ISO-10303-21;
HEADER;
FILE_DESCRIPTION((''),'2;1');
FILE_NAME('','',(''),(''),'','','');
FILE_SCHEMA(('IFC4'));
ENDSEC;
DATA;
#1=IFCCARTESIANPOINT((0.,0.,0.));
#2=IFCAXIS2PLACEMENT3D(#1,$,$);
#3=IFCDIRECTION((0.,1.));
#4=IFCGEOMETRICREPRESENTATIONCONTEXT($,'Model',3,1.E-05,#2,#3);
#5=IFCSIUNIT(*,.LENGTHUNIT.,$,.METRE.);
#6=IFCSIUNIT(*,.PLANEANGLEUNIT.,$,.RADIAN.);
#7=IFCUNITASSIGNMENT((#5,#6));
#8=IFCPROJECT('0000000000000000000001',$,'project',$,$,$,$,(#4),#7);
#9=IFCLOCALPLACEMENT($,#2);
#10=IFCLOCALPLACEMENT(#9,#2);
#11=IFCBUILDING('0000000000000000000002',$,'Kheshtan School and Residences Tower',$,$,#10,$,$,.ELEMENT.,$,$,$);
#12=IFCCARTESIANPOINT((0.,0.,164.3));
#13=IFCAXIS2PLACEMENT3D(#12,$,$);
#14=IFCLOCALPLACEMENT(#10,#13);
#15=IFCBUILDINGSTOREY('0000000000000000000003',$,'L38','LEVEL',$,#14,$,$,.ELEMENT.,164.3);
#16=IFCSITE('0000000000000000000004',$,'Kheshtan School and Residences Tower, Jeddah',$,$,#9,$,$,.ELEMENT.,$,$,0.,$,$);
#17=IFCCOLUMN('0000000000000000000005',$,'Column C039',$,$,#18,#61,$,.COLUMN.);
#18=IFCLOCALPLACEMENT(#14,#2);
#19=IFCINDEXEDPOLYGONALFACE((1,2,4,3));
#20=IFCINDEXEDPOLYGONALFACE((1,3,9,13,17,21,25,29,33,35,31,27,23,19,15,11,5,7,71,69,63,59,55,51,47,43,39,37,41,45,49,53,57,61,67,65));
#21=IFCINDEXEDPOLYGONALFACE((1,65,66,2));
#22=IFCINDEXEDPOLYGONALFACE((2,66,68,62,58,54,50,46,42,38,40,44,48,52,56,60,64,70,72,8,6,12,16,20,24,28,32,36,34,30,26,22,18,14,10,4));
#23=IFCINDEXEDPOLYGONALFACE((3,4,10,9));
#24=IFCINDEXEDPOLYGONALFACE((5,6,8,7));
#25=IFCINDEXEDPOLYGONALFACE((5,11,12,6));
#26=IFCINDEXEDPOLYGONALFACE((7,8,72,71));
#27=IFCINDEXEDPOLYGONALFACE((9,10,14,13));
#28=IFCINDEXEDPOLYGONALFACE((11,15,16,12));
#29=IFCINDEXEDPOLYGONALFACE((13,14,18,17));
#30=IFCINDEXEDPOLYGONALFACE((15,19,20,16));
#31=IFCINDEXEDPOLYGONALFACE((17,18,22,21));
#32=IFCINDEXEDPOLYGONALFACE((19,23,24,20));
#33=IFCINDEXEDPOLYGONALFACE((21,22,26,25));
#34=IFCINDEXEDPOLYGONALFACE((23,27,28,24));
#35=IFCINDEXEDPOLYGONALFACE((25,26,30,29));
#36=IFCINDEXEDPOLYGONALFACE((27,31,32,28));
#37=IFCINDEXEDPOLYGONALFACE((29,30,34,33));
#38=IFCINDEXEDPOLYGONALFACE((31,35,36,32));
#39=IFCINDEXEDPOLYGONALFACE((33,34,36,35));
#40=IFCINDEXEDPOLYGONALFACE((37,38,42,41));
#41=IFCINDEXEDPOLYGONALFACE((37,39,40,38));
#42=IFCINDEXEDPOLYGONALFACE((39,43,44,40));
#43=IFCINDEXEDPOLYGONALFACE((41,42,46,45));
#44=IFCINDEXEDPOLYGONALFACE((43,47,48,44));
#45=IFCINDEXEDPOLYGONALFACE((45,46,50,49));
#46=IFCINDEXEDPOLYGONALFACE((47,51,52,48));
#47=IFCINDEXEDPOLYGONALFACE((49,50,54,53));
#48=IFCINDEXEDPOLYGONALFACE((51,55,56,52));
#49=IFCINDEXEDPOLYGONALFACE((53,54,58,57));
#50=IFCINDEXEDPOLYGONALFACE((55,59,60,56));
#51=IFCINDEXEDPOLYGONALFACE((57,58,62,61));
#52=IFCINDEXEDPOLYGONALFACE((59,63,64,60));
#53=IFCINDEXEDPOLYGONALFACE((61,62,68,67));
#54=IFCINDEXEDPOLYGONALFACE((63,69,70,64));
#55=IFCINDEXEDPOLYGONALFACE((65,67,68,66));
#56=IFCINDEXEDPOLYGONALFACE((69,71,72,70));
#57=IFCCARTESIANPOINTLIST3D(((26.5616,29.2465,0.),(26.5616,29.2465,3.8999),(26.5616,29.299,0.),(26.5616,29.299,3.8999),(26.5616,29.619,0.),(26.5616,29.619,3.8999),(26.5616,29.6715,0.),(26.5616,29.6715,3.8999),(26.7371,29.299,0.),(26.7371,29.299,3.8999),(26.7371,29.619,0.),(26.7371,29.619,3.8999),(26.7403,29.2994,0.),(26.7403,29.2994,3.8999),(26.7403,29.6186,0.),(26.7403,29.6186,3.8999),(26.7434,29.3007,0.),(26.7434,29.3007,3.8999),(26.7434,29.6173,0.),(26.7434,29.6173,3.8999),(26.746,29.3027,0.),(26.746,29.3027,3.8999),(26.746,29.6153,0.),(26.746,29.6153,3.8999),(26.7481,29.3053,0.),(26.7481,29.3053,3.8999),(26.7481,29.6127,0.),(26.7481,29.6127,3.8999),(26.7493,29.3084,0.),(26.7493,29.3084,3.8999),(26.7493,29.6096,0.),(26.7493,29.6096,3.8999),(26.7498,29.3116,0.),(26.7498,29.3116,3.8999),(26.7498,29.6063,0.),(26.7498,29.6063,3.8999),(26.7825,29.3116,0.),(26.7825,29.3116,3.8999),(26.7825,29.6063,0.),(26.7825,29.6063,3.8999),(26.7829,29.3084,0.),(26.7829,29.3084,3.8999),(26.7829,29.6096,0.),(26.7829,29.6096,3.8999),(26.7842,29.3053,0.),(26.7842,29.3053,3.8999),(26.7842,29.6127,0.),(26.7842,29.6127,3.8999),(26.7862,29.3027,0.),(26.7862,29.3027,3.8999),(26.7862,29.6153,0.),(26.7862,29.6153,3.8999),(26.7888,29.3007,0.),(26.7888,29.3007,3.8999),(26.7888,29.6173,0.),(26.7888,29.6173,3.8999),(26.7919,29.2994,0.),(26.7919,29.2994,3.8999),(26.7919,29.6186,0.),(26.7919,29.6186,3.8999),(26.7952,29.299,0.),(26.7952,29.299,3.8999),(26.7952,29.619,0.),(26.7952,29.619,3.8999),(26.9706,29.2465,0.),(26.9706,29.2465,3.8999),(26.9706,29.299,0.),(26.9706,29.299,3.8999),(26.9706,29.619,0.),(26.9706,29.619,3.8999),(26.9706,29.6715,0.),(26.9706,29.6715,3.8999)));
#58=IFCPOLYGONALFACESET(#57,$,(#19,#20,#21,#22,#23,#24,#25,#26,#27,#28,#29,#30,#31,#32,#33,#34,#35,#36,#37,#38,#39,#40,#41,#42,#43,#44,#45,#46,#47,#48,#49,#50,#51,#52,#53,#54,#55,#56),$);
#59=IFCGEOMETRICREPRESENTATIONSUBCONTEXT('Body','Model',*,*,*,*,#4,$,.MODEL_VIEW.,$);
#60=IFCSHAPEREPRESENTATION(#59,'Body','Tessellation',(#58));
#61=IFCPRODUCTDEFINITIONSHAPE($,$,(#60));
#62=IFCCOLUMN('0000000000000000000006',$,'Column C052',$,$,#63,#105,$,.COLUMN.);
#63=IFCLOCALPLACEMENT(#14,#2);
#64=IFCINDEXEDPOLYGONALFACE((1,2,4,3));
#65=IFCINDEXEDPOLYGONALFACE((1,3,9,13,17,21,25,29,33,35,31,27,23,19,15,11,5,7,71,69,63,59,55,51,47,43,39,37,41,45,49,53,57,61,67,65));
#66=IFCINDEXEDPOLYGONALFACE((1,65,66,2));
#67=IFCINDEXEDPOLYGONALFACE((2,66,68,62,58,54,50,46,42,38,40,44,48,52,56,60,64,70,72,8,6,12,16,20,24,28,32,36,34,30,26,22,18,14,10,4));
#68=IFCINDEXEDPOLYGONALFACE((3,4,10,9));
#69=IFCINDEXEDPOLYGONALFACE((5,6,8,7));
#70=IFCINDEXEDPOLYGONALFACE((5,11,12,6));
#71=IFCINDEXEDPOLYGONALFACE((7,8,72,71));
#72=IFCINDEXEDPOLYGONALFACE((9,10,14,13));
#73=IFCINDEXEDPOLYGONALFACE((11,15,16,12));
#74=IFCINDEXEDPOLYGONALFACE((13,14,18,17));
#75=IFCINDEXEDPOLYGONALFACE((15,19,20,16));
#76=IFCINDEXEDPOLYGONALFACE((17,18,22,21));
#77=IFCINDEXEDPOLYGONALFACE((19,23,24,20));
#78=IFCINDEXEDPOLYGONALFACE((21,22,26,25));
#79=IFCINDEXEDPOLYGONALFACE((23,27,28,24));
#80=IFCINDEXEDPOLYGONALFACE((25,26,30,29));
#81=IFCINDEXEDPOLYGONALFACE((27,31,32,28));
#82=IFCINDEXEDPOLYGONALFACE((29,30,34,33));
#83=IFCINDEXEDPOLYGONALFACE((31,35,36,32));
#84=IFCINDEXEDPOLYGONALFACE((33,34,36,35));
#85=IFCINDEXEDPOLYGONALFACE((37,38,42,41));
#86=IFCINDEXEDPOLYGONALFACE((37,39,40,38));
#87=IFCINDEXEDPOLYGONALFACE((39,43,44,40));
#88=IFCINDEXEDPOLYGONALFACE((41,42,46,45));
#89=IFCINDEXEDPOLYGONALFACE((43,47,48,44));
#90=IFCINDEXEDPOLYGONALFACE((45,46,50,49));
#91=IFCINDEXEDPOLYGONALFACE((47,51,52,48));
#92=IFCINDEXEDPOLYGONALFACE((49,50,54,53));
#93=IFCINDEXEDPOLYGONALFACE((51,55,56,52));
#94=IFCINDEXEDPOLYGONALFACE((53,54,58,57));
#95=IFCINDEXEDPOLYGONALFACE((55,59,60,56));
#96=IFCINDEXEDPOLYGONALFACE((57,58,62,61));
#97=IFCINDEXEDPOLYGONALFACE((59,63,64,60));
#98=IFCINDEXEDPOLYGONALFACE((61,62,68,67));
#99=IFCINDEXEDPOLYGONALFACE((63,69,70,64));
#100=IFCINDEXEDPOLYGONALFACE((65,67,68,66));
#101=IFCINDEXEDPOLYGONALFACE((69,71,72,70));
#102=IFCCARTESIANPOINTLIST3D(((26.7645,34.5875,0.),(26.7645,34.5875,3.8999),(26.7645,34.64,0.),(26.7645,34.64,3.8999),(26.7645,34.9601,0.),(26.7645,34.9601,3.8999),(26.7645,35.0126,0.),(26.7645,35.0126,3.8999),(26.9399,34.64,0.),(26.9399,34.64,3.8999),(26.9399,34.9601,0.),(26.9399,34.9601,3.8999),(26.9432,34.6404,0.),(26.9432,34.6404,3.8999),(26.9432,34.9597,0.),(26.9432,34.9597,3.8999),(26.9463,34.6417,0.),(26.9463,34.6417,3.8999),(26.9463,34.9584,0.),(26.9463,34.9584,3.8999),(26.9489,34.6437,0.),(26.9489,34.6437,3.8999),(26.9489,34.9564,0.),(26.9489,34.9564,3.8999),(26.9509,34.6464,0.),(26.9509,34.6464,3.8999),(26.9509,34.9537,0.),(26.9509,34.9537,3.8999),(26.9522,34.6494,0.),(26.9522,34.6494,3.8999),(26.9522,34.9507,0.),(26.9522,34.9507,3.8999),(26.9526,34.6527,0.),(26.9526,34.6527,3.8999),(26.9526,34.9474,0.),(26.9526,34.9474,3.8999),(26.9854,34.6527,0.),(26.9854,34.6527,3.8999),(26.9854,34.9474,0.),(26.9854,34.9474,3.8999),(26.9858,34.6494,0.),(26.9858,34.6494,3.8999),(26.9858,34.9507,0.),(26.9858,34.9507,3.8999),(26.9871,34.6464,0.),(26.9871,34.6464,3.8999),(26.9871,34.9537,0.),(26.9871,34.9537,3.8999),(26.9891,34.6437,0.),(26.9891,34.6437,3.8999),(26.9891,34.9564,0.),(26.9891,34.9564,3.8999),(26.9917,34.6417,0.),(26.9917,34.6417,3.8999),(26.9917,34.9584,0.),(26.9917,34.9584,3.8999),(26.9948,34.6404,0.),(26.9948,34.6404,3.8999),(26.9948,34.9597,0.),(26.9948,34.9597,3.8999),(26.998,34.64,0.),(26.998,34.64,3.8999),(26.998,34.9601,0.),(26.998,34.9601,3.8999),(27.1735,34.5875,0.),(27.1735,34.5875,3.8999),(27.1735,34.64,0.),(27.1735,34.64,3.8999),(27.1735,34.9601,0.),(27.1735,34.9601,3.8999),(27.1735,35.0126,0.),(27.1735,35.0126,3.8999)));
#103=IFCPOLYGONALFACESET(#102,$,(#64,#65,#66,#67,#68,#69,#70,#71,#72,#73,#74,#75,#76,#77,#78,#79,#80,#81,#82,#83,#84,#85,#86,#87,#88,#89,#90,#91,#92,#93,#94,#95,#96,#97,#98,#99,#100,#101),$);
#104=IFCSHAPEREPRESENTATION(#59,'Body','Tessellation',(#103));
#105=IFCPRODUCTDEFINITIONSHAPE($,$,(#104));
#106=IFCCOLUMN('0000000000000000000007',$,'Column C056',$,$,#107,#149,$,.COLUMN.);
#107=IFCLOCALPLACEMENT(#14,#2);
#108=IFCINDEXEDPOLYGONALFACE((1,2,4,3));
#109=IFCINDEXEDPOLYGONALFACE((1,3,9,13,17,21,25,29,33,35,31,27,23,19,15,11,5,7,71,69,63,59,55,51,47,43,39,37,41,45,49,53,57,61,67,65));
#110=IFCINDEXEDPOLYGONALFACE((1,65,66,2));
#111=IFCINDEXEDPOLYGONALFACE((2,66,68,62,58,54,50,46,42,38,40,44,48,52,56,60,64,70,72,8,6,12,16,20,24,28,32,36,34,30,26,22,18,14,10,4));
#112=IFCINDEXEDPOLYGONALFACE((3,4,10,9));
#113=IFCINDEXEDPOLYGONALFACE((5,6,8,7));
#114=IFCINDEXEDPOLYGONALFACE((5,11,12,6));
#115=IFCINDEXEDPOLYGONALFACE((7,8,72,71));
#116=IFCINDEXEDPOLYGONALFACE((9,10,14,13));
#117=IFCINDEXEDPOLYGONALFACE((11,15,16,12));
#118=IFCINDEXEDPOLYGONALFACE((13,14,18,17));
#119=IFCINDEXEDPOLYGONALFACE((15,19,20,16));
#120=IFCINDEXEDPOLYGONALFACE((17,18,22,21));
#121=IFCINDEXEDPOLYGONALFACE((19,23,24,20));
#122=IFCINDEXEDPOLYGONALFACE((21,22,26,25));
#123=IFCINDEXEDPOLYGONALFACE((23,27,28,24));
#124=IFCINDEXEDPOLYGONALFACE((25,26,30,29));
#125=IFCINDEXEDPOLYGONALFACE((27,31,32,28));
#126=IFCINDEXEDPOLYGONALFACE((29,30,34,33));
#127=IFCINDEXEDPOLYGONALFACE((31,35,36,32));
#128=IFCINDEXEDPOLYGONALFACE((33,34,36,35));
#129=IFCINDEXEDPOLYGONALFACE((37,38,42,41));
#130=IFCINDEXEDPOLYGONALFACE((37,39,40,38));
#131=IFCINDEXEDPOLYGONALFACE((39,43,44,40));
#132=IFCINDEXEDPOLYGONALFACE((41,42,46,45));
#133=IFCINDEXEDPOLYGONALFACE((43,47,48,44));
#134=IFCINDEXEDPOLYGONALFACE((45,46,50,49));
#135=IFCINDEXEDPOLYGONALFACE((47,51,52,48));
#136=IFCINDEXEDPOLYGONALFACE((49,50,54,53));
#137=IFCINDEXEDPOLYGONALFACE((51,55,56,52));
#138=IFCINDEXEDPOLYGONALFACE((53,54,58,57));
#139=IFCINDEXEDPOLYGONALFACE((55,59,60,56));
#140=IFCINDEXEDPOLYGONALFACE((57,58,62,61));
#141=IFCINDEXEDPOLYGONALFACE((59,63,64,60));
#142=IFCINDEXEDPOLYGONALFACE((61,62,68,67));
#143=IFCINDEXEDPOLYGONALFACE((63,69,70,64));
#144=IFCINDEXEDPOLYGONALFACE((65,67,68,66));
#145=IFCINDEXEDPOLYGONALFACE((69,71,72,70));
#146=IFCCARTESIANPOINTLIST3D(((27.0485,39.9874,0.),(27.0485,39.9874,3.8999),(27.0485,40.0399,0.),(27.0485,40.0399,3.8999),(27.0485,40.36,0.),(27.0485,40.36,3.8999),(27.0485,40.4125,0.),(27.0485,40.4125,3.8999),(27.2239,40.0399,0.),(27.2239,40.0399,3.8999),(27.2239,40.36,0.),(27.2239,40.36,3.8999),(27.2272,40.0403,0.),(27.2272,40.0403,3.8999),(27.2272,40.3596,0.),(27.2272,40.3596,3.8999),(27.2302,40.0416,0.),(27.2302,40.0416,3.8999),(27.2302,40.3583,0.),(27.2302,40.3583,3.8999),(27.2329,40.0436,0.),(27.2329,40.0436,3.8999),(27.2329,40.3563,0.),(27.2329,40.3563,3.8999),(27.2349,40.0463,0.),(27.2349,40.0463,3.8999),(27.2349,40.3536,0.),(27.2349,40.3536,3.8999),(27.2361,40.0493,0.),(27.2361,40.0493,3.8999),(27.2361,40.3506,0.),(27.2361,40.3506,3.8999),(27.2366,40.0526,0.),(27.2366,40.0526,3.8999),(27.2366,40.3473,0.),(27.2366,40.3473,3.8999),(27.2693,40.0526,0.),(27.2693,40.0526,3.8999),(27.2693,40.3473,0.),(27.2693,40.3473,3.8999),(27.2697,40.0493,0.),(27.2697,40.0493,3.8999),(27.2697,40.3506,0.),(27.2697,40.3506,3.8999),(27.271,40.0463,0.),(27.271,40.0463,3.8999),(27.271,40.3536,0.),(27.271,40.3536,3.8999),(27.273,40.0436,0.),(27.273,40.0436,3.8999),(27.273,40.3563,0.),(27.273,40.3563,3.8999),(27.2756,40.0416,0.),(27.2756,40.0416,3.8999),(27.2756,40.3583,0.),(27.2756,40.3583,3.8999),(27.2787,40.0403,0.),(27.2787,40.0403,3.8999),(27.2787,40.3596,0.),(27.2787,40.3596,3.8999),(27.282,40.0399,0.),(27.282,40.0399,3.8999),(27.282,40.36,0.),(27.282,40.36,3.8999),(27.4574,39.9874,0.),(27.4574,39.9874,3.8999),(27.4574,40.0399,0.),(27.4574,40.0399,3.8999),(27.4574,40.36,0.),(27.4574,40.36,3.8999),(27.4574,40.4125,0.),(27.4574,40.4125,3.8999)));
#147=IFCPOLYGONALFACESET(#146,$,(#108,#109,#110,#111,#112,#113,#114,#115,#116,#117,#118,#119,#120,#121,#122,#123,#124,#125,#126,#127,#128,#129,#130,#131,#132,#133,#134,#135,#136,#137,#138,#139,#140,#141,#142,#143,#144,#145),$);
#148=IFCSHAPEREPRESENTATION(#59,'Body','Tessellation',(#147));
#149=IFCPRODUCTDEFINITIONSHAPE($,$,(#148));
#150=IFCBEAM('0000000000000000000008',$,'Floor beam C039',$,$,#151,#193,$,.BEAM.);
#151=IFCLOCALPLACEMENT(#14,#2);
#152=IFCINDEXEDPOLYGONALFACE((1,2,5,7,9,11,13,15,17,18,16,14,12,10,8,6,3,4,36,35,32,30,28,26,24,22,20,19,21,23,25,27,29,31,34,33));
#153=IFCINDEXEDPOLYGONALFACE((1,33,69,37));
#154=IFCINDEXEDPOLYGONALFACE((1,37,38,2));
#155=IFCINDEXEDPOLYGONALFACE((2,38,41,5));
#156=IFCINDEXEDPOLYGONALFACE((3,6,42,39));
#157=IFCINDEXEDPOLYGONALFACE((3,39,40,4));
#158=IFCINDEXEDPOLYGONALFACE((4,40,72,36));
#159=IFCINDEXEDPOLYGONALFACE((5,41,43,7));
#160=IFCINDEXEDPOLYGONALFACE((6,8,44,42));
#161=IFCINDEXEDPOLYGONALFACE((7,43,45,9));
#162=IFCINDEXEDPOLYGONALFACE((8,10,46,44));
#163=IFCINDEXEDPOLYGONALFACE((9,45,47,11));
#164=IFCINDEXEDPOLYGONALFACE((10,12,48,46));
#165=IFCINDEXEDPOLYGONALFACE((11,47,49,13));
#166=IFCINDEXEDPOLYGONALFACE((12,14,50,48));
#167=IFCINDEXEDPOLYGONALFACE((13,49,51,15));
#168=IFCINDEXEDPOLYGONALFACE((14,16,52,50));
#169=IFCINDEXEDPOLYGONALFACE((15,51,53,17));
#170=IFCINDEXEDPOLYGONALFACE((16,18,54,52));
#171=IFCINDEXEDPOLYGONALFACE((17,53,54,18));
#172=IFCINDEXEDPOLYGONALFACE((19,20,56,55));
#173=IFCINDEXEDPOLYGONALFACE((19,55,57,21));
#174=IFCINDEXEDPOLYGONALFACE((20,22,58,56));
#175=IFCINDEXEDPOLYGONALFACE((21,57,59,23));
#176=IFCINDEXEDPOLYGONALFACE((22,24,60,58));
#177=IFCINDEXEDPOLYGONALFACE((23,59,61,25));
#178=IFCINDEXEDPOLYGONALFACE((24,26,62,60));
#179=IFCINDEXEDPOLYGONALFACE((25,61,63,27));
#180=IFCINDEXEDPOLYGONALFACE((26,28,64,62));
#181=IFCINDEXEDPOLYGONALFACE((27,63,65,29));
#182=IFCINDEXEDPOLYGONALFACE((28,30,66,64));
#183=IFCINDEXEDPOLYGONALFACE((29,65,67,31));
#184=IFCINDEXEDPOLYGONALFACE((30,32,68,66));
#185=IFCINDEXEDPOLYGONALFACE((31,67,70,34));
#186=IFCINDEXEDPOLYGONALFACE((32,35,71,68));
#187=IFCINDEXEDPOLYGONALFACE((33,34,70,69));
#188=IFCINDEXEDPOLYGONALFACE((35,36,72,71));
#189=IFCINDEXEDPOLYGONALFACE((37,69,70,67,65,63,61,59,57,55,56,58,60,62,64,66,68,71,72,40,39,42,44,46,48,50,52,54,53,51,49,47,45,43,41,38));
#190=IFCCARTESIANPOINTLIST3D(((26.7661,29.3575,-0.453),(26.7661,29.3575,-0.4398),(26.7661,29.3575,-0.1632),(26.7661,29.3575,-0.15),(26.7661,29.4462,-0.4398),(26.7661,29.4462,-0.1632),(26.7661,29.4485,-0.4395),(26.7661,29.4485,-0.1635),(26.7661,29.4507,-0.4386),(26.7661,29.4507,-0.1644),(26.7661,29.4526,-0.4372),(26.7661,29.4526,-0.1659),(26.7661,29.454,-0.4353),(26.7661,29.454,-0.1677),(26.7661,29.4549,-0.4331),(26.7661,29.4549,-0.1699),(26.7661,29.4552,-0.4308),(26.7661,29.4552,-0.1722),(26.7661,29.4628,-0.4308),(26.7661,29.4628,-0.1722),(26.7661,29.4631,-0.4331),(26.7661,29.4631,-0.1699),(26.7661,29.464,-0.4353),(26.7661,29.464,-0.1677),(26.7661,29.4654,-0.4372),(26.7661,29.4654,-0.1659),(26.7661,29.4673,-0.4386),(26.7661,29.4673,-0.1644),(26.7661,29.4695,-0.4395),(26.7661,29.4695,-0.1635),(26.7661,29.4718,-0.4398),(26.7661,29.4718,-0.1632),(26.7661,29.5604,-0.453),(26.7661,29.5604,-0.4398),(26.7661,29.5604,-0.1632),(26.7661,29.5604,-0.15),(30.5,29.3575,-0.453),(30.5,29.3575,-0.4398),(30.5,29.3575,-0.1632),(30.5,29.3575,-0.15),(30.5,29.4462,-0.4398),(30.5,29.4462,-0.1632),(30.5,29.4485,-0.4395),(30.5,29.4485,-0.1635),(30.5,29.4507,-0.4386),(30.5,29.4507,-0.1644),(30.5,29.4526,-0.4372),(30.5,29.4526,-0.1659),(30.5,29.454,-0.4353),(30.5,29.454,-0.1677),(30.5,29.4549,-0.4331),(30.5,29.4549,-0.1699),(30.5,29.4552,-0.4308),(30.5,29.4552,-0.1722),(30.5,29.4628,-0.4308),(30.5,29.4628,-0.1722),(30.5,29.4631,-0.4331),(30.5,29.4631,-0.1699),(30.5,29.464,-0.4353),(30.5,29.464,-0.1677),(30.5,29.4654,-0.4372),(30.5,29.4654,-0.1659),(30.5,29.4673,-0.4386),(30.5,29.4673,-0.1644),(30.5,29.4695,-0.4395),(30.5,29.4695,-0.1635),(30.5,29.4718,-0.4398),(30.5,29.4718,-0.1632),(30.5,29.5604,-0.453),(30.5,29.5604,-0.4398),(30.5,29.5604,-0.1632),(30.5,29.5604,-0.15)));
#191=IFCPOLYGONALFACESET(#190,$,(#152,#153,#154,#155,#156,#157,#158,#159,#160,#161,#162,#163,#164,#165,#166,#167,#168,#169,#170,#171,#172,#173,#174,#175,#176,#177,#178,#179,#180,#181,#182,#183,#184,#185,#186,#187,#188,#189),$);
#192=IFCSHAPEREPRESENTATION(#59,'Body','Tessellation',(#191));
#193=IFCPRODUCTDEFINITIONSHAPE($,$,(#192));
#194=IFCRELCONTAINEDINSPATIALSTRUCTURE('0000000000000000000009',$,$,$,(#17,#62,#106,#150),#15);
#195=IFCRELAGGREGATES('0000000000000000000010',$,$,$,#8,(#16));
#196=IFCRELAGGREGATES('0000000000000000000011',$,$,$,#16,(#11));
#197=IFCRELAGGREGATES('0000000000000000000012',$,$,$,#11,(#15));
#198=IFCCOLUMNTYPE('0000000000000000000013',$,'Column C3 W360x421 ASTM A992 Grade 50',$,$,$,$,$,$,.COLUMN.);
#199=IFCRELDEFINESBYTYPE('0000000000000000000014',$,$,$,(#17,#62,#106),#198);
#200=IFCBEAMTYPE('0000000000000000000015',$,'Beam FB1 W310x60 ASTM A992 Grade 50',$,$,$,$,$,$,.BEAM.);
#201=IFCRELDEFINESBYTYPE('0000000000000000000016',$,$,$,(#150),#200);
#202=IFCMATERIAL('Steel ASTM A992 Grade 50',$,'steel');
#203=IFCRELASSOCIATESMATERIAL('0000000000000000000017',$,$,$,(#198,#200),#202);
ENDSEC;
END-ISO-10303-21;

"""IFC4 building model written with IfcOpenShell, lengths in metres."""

from ifc_helpers import new_model, si_unit, direction, frame, origin, origin_2d, place, context, subcontext, project, spatial, i_section, extrude, material, material_profile, profile_set, type_object, element, save


model = new_model("IFC4")

# Units and contexts
model_context = context("Model", 3, precision=1e-05, world=origin(), true_north=direction((0.0, 1.0)))
body_context = subcontext(model_context, "Body", "Model", "MODEL_VIEW")
ifc_project = project(units=[si_unit("LENGTHUNIT", "METRE"), si_unit("PLANEANGLEUNIT", "RADIAN")], contexts=[model_context])

# Site, building, storey
site_placement = place(None, origin())
site = spatial("IfcSite", under=ifc_project, at=site_placement, Name="Kheshtan School and Residences Tower, Jeddah", CompositionType="ELEMENT", RefElevation=0.0)
building_placement = place(site_placement, origin())
building = spatial("IfcBuilding", under=site, at=building_placement, Name="Kheshtan School and Residences Tower", CompositionType="ELEMENT")
storey_placement = place(building_placement, frame((0.0, 0.0, 164.3)))
storey = spatial("IfcBuildingStorey", under=building, at=storey_placement, Name="L38", Description="LEVEL", CompositionType="ELEMENT", Elevation=164.3)

# Columns
ifc_material_1 = material(Name="Steel ASTM A992 Grade 50", Category="steel")
ifc_material_profile_1 = material_profile(ifc_material_1, i_section(OverallWidth=0.4089, OverallDepth=0.425, WebThickness=0.0327, FlangeThickness=0.0525, FilletRadius=0.0127, at=origin_2d()), Name="W360x421")
ifc_profile_set_1 = profile_set([ifc_material_profile_1], Name="Steel ASTM A992 Grade 50")
column_type = type_object("IfcColumnType", Name="Column C3 W360x421 ASTM A992 Grade 50", PredefinedType="COLUMN", material=ifc_profile_set_1)
for number, where, z_axis, x_axis, name in (
    (1, (26.7661, 29.459, 0.0), (0.0, 0.0, 1.0), (1.0, 0.0, 0.0), "Column C039"),
    (2, (26.969, 34.8, 0.0), (0.0, 0.0, 1.0), (1.0, 0.0, 0.0), "Column C052"),
    (3, (27.2529, 40.2, 0.0), (0.0, 0.0, 1.0), (1.0, 0.0, 0.0), "Column C056"),
):
    element("IfcColumn", number, at=place(storey_placement, frame(where, z_axis=z_axis, x_axis=x_axis)), inside=storey, type_object=column_type, Name=name, PredefinedType="COLUMN", context=body_context, shape_type="SweptSolid", body=[
        extrude(i_section(OverallWidth=0.4089, OverallDepth=0.425, WebThickness=0.0327, FlangeThickness=0.0525, FilletRadius=0.0127, at=origin_2d()), origin(), (0.0, 0.0, 1.0), 3.8999),
    ])

# Beam
ifc_material_profile_2 = material_profile(ifc_material_1, i_section(OverallWidth=0.2029, OverallDepth=0.303, WebThickness=0.0076, FlangeThickness=0.0132, FilletRadius=0.009, at=origin_2d()), Name="W310x60")
ifc_profile_set_2 = profile_set([ifc_material_profile_2], Name="Steel ASTM A992 Grade 50")
beam_type_1 = type_object("IfcBeamType", Name="Beam FB1 W310x60 ASTM A992 Grade 50", PredefinedType="BEAM", material=ifc_profile_set_2)
beam_1_placement = place(storey_placement, frame((26.7661, 29.459, -0.3015), z_axis=(1.0, 0.0, 0.0), x_axis=(0.0, 1.0, 0.0)))
element("IfcBeam", 4, at=beam_1_placement, inside=storey, type_object=beam_type_1, Name="Floor beam C039", PredefinedType="BEAM", context=body_context, shape_type="SweptSolid", body=[
    extrude(i_section(OverallWidth=0.2029, OverallDepth=0.303, WebThickness=0.0076, FlangeThickness=0.0132, FilletRadius=0.009, at=origin_2d()), origin(), (0.0, 0.0, 1.0), 3.7339),
])

save(model, "model.ifc")
